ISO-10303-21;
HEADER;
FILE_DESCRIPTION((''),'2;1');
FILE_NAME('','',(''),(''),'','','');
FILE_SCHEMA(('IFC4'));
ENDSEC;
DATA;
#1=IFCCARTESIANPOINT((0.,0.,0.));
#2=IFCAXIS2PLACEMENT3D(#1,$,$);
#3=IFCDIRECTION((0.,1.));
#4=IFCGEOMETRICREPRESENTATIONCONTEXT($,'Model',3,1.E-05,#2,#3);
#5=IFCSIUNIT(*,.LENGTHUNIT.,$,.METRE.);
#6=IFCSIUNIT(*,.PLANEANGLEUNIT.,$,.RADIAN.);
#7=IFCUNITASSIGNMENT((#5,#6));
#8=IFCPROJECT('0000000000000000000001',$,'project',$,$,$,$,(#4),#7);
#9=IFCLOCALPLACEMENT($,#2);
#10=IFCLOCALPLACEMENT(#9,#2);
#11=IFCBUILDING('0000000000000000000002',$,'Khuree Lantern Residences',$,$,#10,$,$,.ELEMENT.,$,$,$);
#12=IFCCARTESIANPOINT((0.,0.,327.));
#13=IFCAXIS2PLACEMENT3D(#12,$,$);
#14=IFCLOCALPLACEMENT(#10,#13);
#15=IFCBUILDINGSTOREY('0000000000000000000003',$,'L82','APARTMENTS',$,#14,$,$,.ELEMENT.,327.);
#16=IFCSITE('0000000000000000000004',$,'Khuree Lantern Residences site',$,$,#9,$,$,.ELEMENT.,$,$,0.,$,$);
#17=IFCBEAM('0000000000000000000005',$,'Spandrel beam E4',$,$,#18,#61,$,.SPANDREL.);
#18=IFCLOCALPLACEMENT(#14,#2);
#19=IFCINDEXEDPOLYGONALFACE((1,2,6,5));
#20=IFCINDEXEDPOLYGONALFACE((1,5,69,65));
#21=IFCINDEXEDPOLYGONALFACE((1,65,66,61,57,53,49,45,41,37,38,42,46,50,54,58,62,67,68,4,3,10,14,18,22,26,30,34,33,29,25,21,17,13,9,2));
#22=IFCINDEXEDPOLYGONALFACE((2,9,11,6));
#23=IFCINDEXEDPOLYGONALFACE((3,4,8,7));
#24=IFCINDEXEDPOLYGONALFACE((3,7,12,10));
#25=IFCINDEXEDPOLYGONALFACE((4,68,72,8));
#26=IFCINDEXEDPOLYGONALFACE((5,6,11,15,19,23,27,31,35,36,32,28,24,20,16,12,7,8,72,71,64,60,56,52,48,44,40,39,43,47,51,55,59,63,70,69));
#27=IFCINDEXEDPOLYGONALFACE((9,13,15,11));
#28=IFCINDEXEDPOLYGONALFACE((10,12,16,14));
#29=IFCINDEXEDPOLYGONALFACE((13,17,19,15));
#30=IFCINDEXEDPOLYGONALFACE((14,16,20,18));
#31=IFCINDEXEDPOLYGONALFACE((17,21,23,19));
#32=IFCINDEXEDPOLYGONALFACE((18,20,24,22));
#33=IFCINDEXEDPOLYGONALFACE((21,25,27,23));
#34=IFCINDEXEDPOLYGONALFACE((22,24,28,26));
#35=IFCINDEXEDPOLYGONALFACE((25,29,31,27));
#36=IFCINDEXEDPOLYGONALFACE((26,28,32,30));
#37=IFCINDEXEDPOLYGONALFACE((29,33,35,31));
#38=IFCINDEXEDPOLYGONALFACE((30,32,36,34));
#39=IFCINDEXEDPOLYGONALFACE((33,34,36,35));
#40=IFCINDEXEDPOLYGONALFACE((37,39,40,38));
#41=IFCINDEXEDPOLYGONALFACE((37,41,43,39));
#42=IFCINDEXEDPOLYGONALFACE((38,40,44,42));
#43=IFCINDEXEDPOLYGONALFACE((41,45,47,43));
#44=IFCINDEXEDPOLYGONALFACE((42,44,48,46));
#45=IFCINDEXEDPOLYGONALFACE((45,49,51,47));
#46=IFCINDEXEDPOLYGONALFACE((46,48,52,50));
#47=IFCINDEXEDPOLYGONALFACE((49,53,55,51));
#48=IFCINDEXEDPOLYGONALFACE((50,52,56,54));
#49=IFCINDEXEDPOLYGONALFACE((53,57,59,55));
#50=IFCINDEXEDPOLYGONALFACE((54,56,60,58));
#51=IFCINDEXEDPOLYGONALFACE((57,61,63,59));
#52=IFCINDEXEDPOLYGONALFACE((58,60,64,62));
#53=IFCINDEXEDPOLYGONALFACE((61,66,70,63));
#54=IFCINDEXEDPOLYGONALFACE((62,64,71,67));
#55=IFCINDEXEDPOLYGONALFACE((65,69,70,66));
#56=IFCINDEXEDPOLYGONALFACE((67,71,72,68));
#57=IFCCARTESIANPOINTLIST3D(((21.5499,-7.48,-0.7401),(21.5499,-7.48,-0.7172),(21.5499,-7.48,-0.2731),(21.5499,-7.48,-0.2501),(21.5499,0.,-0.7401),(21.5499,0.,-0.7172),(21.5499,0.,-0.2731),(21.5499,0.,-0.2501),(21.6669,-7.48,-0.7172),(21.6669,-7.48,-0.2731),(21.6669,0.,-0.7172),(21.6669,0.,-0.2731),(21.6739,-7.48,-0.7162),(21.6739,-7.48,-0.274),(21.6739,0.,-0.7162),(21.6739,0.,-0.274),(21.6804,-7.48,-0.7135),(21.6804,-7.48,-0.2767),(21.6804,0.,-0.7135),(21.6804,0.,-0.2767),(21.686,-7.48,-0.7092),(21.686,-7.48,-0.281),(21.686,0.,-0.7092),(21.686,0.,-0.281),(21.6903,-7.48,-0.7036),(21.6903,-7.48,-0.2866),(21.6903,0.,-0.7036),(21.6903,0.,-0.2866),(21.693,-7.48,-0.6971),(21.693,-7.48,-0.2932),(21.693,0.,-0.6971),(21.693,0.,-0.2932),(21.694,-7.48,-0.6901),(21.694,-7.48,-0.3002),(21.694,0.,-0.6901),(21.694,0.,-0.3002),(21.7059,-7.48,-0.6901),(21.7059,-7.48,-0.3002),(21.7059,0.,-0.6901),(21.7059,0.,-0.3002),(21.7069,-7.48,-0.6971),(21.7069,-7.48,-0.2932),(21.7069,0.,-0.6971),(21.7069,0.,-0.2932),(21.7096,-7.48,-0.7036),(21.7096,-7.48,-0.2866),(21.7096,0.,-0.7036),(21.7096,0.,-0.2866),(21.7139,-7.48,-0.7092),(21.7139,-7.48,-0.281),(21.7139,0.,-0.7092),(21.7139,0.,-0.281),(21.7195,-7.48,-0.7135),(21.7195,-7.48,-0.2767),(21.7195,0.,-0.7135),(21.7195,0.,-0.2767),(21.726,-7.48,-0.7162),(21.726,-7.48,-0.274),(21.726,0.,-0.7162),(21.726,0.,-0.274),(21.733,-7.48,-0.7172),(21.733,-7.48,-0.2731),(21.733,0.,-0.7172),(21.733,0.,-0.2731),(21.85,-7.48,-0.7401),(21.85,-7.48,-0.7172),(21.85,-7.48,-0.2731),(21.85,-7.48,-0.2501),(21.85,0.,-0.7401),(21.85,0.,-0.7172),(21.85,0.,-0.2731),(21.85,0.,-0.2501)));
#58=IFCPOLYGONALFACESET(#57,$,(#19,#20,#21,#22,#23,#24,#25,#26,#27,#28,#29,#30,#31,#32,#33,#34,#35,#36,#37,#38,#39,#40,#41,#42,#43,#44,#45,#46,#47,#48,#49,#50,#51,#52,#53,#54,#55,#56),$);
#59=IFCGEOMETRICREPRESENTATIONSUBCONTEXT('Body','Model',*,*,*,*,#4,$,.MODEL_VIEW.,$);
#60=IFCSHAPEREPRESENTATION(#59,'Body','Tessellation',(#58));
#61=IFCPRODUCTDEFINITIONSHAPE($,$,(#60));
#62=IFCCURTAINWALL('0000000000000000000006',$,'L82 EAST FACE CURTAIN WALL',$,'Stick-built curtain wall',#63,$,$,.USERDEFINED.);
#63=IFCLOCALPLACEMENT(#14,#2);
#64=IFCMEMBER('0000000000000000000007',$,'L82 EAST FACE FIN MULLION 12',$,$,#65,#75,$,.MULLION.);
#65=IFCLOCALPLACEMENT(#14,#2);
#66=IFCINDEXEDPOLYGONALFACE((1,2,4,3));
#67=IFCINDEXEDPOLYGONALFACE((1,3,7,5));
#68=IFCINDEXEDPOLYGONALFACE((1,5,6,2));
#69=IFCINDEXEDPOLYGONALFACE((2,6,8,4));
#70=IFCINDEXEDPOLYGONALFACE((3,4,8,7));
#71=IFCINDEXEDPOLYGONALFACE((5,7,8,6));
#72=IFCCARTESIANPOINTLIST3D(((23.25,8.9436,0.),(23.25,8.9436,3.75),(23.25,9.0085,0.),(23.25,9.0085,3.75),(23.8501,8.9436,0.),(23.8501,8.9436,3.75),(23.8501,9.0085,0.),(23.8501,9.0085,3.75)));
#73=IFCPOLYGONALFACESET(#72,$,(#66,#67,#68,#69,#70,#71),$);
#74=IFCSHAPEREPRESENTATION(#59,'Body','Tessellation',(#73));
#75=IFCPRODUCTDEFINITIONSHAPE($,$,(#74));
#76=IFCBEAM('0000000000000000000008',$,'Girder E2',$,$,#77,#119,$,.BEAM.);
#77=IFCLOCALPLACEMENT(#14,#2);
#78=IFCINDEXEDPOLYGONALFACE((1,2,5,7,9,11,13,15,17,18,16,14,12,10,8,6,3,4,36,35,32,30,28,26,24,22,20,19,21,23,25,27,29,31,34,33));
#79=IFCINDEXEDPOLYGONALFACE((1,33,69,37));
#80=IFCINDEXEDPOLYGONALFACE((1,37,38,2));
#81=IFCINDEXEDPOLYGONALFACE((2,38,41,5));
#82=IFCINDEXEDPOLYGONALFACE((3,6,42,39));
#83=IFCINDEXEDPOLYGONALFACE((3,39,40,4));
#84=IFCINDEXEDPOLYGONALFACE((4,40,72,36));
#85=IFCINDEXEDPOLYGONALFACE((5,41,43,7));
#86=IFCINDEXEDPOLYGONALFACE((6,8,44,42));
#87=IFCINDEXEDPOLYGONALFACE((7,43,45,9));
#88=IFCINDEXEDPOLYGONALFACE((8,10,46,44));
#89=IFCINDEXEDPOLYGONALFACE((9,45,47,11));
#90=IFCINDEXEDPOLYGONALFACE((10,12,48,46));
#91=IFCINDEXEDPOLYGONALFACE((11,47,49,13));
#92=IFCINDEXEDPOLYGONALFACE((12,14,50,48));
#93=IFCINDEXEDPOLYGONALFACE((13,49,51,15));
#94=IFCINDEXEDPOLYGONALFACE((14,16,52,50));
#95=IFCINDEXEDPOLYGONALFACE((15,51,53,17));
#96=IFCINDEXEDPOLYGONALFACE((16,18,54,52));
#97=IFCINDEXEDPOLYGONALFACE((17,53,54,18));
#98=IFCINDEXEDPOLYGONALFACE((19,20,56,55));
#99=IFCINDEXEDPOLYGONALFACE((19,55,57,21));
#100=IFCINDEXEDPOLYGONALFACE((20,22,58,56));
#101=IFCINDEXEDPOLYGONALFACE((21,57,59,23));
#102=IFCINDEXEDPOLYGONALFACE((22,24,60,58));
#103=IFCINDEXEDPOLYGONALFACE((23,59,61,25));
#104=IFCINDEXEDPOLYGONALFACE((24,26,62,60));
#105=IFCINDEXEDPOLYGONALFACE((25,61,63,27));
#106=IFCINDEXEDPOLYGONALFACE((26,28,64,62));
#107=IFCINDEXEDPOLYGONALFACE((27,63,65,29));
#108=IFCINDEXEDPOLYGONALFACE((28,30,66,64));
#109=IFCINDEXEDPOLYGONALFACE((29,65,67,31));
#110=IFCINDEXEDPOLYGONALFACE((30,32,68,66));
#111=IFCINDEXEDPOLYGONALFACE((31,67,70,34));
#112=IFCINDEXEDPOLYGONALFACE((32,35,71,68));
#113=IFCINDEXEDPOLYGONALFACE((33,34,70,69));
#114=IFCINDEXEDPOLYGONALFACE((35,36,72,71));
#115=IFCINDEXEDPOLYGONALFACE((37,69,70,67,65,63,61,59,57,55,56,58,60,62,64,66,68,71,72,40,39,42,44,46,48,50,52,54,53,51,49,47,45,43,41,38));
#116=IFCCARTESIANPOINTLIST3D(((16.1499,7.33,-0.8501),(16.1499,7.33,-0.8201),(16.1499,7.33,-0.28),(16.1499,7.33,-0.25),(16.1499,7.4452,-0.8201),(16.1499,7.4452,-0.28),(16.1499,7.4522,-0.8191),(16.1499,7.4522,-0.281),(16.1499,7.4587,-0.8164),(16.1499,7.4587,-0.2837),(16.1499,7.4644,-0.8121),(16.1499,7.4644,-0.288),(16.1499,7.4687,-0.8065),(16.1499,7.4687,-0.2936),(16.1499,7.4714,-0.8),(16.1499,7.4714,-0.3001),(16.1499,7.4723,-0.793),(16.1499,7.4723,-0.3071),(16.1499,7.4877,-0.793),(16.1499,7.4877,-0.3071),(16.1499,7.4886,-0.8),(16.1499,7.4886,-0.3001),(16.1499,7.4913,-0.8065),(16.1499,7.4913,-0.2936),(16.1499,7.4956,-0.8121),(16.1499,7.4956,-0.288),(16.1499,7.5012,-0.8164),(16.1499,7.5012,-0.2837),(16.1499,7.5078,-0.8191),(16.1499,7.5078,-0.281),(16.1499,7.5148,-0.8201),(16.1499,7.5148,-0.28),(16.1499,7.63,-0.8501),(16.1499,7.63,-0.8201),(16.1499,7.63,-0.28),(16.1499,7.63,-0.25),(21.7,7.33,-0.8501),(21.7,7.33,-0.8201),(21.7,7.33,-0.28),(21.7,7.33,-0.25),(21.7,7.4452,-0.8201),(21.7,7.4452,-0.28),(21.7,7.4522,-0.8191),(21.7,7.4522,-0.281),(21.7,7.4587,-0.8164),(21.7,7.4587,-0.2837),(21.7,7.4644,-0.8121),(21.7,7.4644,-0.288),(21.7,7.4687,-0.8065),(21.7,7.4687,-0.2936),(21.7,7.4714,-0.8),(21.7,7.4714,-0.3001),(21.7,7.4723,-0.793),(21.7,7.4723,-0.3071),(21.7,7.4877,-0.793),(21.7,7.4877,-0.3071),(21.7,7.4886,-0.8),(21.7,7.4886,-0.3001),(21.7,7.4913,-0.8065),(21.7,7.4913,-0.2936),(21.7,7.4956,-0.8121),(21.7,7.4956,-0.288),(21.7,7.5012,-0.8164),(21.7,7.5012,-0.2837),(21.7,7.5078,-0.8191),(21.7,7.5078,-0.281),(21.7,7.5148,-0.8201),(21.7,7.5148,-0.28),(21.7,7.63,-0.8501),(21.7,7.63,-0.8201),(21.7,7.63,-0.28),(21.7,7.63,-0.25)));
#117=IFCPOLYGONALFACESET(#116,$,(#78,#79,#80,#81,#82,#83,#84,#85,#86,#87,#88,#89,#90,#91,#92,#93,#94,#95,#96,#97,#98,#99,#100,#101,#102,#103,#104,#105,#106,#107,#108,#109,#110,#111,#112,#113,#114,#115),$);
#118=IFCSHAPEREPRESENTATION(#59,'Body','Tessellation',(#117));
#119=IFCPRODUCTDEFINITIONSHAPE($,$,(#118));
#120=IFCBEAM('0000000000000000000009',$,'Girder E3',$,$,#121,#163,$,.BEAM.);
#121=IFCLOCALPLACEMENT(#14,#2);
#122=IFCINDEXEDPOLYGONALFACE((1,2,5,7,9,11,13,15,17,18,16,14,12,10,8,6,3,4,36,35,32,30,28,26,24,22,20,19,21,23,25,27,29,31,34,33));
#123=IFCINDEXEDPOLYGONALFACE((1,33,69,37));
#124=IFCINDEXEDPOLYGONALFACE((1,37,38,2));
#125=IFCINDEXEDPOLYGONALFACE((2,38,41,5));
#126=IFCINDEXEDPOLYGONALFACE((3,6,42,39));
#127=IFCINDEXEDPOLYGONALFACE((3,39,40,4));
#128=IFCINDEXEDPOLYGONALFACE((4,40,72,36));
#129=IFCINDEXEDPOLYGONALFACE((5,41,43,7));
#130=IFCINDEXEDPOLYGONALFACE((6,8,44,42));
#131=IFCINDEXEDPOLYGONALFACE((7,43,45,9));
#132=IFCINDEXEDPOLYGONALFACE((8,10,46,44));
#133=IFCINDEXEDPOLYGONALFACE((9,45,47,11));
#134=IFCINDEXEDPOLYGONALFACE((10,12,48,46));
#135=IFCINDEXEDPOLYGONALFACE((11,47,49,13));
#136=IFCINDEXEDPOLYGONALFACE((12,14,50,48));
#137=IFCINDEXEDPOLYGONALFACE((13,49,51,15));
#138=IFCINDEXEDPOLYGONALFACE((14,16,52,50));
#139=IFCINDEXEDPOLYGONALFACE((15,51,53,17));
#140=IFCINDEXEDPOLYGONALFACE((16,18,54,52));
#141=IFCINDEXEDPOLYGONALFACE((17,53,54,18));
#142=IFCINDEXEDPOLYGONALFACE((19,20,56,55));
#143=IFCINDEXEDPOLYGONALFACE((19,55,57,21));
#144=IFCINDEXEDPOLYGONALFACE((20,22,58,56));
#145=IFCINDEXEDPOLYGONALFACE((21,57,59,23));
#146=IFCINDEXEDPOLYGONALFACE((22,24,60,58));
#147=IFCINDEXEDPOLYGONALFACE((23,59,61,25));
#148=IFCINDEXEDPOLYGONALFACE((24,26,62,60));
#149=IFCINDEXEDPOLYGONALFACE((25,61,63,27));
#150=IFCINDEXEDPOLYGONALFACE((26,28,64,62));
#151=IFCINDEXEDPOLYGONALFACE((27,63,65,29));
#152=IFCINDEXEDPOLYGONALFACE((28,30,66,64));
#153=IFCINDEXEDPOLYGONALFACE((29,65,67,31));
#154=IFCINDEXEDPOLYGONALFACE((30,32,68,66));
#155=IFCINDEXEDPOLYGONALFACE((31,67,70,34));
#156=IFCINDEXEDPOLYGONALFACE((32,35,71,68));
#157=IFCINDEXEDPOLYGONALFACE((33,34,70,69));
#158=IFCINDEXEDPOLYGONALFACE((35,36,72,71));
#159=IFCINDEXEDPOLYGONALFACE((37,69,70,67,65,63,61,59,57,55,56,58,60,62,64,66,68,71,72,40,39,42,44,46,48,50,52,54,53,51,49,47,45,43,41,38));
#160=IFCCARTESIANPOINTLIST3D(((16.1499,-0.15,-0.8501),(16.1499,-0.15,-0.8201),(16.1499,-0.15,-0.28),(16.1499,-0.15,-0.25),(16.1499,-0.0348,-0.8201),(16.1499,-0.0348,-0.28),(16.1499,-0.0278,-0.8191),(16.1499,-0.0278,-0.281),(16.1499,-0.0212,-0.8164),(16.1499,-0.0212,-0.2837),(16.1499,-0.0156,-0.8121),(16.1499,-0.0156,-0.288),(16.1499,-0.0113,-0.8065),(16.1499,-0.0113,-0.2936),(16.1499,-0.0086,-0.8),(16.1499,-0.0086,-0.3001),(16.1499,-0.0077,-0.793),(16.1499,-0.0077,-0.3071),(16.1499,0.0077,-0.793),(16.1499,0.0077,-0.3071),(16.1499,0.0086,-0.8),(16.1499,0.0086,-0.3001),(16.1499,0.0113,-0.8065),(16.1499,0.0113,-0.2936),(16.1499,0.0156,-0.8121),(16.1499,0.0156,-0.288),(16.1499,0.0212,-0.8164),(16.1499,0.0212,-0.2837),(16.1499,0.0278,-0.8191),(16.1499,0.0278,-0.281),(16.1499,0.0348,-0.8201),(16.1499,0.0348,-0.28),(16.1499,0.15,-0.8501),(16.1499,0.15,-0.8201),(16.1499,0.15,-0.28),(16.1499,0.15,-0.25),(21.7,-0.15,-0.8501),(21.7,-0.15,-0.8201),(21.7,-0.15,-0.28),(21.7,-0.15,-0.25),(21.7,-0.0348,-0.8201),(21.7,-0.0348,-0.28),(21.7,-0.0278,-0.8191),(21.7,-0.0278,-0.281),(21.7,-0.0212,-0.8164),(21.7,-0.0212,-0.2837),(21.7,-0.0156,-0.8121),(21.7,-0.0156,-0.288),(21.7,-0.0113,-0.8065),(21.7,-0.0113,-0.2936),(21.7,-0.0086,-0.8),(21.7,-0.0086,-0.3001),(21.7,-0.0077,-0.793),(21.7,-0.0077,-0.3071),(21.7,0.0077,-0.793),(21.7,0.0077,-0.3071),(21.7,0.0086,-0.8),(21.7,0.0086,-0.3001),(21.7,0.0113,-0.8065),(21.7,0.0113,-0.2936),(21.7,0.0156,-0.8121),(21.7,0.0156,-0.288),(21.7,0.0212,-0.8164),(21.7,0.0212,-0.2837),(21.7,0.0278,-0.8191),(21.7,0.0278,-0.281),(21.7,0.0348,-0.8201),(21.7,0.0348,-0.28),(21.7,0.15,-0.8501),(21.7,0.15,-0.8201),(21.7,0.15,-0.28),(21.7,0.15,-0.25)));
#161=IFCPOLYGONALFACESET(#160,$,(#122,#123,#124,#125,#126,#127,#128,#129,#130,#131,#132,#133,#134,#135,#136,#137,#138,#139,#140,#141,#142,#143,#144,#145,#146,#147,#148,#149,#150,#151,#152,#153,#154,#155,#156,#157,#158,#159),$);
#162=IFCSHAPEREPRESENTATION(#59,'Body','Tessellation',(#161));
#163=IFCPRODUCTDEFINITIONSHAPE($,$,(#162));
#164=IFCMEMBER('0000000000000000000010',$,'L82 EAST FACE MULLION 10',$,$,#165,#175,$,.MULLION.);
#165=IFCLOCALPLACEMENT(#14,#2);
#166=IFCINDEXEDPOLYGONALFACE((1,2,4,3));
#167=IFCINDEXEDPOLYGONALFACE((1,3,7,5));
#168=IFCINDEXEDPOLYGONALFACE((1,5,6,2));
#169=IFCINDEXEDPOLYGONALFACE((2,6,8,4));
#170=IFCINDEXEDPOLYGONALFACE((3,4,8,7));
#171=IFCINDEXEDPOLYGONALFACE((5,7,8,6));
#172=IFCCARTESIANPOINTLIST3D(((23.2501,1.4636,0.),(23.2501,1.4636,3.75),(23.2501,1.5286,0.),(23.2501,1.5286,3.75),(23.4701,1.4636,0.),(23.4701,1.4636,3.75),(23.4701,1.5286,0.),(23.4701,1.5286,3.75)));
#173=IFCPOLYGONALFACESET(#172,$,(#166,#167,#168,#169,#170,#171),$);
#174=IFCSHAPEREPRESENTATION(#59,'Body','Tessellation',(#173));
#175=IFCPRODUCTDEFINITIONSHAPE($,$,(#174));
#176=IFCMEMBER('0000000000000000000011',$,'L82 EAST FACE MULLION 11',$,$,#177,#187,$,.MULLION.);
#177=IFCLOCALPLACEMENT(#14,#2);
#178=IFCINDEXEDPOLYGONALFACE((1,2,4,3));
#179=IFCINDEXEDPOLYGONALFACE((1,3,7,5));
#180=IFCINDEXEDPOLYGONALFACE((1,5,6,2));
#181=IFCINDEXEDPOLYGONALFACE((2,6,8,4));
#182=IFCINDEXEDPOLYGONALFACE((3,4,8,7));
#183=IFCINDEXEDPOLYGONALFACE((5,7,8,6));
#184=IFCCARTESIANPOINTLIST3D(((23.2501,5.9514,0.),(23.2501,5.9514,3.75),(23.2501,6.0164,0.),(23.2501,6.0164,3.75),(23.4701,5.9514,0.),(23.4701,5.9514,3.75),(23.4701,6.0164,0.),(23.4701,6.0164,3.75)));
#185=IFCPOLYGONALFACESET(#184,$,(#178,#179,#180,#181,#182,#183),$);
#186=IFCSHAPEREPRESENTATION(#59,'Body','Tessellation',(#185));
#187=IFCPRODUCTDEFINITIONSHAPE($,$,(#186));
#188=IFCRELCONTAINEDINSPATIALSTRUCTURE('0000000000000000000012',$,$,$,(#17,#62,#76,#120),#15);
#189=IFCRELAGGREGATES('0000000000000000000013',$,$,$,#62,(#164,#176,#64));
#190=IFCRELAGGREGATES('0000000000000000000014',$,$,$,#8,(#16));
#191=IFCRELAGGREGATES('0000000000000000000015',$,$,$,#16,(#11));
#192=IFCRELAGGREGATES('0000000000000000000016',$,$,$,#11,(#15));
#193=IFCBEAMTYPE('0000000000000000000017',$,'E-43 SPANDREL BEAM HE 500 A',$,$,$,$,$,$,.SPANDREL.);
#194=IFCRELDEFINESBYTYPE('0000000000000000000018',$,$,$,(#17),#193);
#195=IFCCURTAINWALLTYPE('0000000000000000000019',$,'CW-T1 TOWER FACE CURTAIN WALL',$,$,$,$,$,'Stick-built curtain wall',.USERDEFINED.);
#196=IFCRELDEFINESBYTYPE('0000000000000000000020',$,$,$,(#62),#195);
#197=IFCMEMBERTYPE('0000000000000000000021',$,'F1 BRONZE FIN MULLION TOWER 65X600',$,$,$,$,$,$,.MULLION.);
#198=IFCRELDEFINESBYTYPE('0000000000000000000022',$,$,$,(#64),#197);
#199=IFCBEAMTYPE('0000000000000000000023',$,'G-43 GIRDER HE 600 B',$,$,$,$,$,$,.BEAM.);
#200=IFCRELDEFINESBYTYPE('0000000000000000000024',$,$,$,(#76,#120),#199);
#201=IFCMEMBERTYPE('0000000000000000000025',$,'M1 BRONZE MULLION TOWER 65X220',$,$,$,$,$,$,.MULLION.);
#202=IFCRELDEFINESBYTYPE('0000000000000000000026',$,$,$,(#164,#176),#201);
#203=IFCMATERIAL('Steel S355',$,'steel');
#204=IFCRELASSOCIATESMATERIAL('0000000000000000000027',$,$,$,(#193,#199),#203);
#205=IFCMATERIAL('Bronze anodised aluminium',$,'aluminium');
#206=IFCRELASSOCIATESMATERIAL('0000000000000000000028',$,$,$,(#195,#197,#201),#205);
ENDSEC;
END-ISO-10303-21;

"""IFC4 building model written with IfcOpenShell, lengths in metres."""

from ifc_helpers import new_model, si_unit, direction, frame, origin, origin_2d, place, context, subcontext, project, spatial, rectangle, i_section, extrude, material, material_profile, profile_set, type_object, element, aggregate, save


model = new_model("IFC4")

# Units and contexts
model_context = context("Model", 3, precision=1e-05, world=origin(), true_north=direction((0.0, 1.0)))
body_context = subcontext(model_context, "Body", "Model", "MODEL_VIEW")
ifc_project = project(units=[si_unit("LENGTHUNIT", "METRE"), si_unit("PLANEANGLEUNIT", "RADIAN")], contexts=[model_context])

# Site, building, storey
site_placement = place(None, origin())
site = spatial("IfcSite", under=ifc_project, at=site_placement, Name="Khuree Lantern Residences site", CompositionType="ELEMENT", RefElevation=0.0)
building_placement = place(site_placement, origin())
building = spatial("IfcBuilding", under=site, at=building_placement, Name="Khuree Lantern Residences", CompositionType="ELEMENT")
storey_placement = place(building_placement, frame((0.0, 0.0, 327.0)))
storey = spatial("IfcBuildingStorey", under=building, at=storey_placement, Name="L82", Description="APARTMENTS", CompositionType="ELEMENT", Elevation=327.0)

# Beam
ifc_material_1 = material(Name="Steel S355", Category="steel")
ifc_material_profile_1 = material_profile(ifc_material_1, i_section(OverallWidth=0.3, OverallDepth=0.49, WebThickness=0.012, FlangeThickness=0.0229, FilletRadius=0.0271, at=origin_2d()), Name="HE 500 A")
ifc_profile_set_1 = profile_set([ifc_material_profile_1], Name="Steel S355")
beam_type_1 = type_object("IfcBeamType", Name="E-43 SPANDREL BEAM HE 500 A", PredefinedType="SPANDREL", material=ifc_profile_set_1)
for number, where, z_axis, x_axis, name in (
    (1, (21.7, 0.0, -0.4951), (0.0, -1.0, 0.0), (1.0, 0.0, 0.0), "Spandrel beam E4"),
):
    element("IfcBeam", number, at=place(storey_placement, frame(where, z_axis=z_axis, x_axis=x_axis)), inside=storey, type_object=beam_type_1, Name=name, PredefinedType="SPANDREL", context=body_context, shape_type="SweptSolid", body=[
        extrude(i_section(OverallWidth=0.3, OverallDepth=0.49, WebThickness=0.012, FlangeThickness=0.0229, FilletRadius=0.0271, at=origin_2d()), origin(), (0.0, 0.0, 1.0), 7.48),
    ])

# Curtain wall, member
ifc_material_2 = material(Name="Bronze anodised aluminium", Category="aluminium")
curtain_wall_type = type_object("IfcCurtainWallType", Name="CW-T1 TOWER FACE CURTAIN WALL", ElementType="Stick-built curtain wall", PredefinedType="USERDEFINED", material=ifc_material_2)
curtain_wall_placement = place(storey_placement, origin())
curtain_wall = element("IfcCurtainWall", 2, at=curtain_wall_placement, inside=storey, type_object=curtain_wall_type, Name="L82 EAST FACE CURTAIN WALL", ObjectType="Stick-built curtain wall", PredefinedType="USERDEFINED")
ifc_material_profile_2 = material_profile(ifc_material_2, rectangle(XDim=0.0649, YDim=0.6001, at=origin_2d()), Name="F1 65X600")
ifc_profile_set_2 = profile_set([ifc_material_profile_2], Name="Bronze anodised aluminium")
member_type_1 = type_object("IfcMemberType", Name="F1 BRONZE FIN MULLION TOWER 65X600", PredefinedType="MULLION", material=ifc_profile_set_2)
member_1_placement = place(storey_placement, frame((23.55, 8.9761, 0.0), z_axis=(0.0, 0.0, 1.0), x_axis=(0.0, 1.0, 0.0)))
member_1 = element("IfcMember", 3, at=member_1_placement, type_object=member_type_1, Name="L82 EAST FACE FIN MULLION 12", PredefinedType="MULLION", context=body_context, shape_type="SweptSolid", body=[
    extrude(rectangle(XDim=0.0649, YDim=0.6001, at=origin_2d()), origin(), (0.0, 0.0, 1.0), 3.75),
])

# Beams
ifc_material_profile_3 = material_profile(ifc_material_1, i_section(OverallWidth=0.3, OverallDepth=0.6001, WebThickness=0.0154, FlangeThickness=0.03, FilletRadius=0.0271, at=origin_2d()), Name="HE 600 B")
ifc_profile_set_3 = profile_set([ifc_material_profile_3], Name="Steel S355")
beam_type_2 = type_object("IfcBeamType", Name="G-43 GIRDER HE 600 B", PredefinedType="BEAM", material=ifc_profile_set_3)
for number, where, z_axis, x_axis, name in (
    (4, (21.7, 7.48, -0.55), (-1.0, 0.0, 0.0), (0.0, -1.0, 0.0), "Girder E2"),
    (5, (21.7, 0.0, -0.55), (-1.0, 0.0, 0.0), (0.0, -1.0, 0.0), "Girder E3"),
):
    element("IfcBeam", number, at=place(storey_placement, frame(where, z_axis=z_axis, x_axis=x_axis)), inside=storey, type_object=beam_type_2, Name=name, PredefinedType="BEAM", context=body_context, shape_type="SweptSolid", body=[
        extrude(i_section(OverallWidth=0.3, OverallDepth=0.6001, WebThickness=0.0154, FlangeThickness=0.03, FilletRadius=0.0271, at=origin_2d()), origin(), (0.0, 0.0, 1.0), 5.55),
    ])

# Members
ifc_material_profile_4 = material_profile(ifc_material_2, rectangle(XDim=0.0649, YDim=0.22, at=origin_2d()), Name="M1 65X220")
ifc_profile_set_4 = profile_set([ifc_material_profile_4], Name="Bronze anodised aluminium")
member_type_2 = type_object("IfcMemberType", Name="M1 BRONZE MULLION TOWER 65X220", PredefinedType="MULLION", material=ifc_profile_set_4)
member_2_placement = place(storey_placement, frame((23.3601, 1.4961, 0.0), z_axis=(0.0, 0.0, 1.0), x_axis=(0.0, 1.0, 0.0)))
member_2 = element("IfcMember", 6, at=member_2_placement, type_object=member_type_2, Name="L82 EAST FACE MULLION 10", PredefinedType="MULLION", context=body_context, shape_type="SweptSolid", body=[
    extrude(rectangle(XDim=0.0649, YDim=0.22, at=origin_2d()), origin(), (0.0, 0.0, 1.0), 3.75),
])
member_3_placement = place(storey_placement, frame((23.3601, 5.9839, 0.0), z_axis=(0.0, 0.0, 1.0), x_axis=(0.0, 1.0, 0.0)))
member_3 = element("IfcMember", 7, at=member_3_placement, type_object=member_type_2, Name="L82 EAST FACE MULLION 11", PredefinedType="MULLION", context=body_context, shape_type="SweptSolid", body=[
    extrude(rectangle(XDim=0.0649, YDim=0.22, at=origin_2d()), origin(), (0.0, 0.0, 1.0), 3.75),
])

aggregate(curtain_wall, [member_2, member_3, member_1])

save(model, "model.ifc")
